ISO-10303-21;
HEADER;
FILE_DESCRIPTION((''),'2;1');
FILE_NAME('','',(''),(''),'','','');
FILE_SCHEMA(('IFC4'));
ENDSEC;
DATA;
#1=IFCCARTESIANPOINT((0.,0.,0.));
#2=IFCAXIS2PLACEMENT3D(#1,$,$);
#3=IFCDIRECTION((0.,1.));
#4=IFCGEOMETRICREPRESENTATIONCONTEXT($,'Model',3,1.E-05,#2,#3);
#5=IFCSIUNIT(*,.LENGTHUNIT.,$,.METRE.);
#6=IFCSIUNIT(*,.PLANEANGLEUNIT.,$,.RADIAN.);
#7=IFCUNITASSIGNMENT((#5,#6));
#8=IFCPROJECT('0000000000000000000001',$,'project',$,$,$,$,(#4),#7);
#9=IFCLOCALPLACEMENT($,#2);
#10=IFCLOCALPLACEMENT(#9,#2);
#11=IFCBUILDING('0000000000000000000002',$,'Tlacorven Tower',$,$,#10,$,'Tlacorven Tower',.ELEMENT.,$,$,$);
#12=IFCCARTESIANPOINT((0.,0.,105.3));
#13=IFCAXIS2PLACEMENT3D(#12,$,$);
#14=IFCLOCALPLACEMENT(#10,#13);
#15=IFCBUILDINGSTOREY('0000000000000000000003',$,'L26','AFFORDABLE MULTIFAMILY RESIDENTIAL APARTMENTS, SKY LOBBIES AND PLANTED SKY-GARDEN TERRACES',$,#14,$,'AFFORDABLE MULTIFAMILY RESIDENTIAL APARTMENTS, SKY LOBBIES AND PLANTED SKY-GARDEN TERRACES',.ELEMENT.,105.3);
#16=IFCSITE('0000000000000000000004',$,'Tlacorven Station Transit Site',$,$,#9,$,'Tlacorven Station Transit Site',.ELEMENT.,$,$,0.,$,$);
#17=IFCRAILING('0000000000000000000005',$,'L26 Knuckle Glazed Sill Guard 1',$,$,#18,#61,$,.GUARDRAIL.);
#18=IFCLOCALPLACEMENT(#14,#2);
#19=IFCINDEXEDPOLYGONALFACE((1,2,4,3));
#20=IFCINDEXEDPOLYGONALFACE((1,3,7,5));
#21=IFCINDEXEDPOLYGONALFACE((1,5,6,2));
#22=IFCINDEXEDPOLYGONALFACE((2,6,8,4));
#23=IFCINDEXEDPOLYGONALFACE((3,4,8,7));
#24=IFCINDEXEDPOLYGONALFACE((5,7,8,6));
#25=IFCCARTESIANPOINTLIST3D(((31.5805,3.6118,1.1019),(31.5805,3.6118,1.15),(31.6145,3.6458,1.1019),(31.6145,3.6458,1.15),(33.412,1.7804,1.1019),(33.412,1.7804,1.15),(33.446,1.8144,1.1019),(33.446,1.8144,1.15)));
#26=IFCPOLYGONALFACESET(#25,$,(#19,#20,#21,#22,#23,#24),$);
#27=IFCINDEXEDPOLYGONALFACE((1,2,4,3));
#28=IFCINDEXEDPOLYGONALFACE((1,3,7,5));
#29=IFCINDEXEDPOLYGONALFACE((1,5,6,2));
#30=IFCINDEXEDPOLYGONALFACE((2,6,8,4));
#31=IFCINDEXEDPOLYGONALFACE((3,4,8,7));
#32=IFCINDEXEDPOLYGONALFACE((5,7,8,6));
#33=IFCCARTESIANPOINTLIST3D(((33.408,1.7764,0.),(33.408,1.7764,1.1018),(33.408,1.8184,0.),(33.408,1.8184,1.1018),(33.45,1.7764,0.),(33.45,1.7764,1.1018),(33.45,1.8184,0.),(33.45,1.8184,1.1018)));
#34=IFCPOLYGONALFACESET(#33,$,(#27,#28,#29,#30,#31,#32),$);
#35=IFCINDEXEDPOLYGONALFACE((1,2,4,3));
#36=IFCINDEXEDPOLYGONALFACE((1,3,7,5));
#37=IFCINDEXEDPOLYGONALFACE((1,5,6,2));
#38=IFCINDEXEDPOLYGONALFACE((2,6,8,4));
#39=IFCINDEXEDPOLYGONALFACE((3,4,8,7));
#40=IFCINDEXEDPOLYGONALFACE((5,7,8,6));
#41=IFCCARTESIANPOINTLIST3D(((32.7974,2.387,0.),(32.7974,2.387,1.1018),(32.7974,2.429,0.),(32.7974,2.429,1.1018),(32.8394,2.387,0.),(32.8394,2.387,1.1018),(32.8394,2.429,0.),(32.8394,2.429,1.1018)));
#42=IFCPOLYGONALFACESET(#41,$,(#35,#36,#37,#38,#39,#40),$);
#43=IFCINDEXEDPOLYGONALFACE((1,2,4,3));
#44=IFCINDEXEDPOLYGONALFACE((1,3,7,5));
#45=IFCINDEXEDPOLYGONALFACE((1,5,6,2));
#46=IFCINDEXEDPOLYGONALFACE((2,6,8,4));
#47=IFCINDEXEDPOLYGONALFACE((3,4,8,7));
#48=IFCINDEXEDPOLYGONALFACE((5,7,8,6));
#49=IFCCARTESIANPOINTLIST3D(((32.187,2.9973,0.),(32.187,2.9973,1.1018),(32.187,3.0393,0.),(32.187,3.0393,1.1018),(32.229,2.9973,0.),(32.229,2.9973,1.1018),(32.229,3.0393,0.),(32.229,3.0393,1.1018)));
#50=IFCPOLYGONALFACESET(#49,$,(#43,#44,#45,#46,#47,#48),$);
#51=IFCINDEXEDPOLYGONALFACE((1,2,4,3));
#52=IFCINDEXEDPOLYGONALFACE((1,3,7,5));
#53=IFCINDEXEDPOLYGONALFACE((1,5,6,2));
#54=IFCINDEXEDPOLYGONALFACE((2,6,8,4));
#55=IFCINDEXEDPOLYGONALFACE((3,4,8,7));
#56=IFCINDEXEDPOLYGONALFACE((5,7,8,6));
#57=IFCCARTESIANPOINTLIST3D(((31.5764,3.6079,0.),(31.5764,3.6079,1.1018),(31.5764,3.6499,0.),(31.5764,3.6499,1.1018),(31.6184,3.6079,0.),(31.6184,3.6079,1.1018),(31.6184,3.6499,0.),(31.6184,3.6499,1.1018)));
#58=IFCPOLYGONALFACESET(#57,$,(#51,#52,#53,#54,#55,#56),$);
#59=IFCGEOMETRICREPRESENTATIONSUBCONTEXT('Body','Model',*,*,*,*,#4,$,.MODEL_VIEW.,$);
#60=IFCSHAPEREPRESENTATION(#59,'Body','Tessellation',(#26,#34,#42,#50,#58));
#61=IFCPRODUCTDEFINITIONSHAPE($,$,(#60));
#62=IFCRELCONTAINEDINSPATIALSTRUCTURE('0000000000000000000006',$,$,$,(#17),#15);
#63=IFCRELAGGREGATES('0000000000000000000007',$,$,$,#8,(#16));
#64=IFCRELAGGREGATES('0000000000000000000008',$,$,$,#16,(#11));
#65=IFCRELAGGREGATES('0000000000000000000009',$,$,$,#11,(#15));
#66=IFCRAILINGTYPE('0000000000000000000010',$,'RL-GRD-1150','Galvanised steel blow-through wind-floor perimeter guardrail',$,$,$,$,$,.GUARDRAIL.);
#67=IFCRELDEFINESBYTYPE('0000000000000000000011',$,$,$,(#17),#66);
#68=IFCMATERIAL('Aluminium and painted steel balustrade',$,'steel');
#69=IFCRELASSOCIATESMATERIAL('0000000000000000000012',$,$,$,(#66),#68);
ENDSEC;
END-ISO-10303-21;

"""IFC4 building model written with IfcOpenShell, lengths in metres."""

from ifc_helpers import new_model, si_unit, direction, frame, origin, origin_2d, place, context, subcontext, project, spatial, rectangle, extrude, source, transform, mapped, material, type_object, element, save


model = new_model("IFC4")

# Units and contexts
model_context = context("Model", 3, precision=1e-05, world=origin(), true_north=direction((0.0, 1.0)))
body_context = subcontext(model_context, "Body", "Model", "MODEL_VIEW")
ifc_project = project(units=[si_unit("LENGTHUNIT", "METRE"), si_unit("PLANEANGLEUNIT", "RADIAN")], contexts=[model_context])

# Site, building, storey
site_placement = place(None, origin())
site = spatial("IfcSite", under=ifc_project, at=site_placement, Name="Tlacorven Station Transit Site", LongName="Tlacorven Station Transit Site", CompositionType="ELEMENT", RefElevation=0.0)
building_placement = place(site_placement, origin())
building = spatial("IfcBuilding", under=site, at=building_placement, Name="Tlacorven Tower", LongName="Tlacorven Tower", CompositionType="ELEMENT")
storey_placement = place(building_placement, frame((0.0, 0.0, 105.3)))
storey = spatial("IfcBuildingStorey", under=building, at=storey_placement, Name="L26", Description="AFFORDABLE MULTIFAMILY RESIDENTIAL APARTMENTS, SKY LOBBIES AND PLANTED SKY-GARDEN TERRACES", LongName="AFFORDABLE MULTIFAMILY RESIDENTIAL APARTMENTS, SKY LOBBIES AND PLANTED SKY-GARDEN TERRACES", CompositionType="ELEMENT", Elevation=105.3)

# Railing
ifc_material_1 = material(Name="Aluminium and painted steel balustrade", Category="steel")
railing_type = type_object("IfcRailingType", Name="RL-GRD-1150", Description="Galvanised steel blow-through wind-floor perimeter guardrail", PredefinedType="GUARDRAIL", material=ifc_material_1)
shared_shape_1 = source(origin(), body_context, "Body", "SweptSolid", [
    extrude(rectangle(XDim=0.0481, YDim=0.0481, at=origin_2d()), frame((0.0, 0.0, 1.126), z_axis=(-0.707107, 0.707107, 0.0), x_axis=(-0.707107, -0.707107, 0.0)), (0.0, 0.0, 1.0), 2.5901),
    extrude(rectangle(XDim=0.042, YDim=0.042, at=origin_2d()), origin(), (0.0, 0.0, 1.0), 1.1018),
    extrude(rectangle(XDim=0.042, YDim=0.042, at=origin_2d()), frame((-0.6106, 0.6106, 0.0)), (0.0, 0.0, 1.0), 1.1018),
    extrude(rectangle(XDim=0.042, YDim=0.042, at=origin_2d()), frame((-1.2209, 1.2209, 0.0)), (0.0, 0.0, 1.0), 1.1018),
    extrude(rectangle(XDim=0.042, YDim=0.042, at=origin_2d()), frame((-1.8315, 1.8315, 0.0)), (0.0, 0.0, 1.0), 1.1018),
])
railing_placement = place(storey_placement, frame((33.429, 1.7974, 0.0)))
element("IfcRailing", 1, at=railing_placement, inside=storey, type_object=railing_type, Name="L26 Knuckle Glazed Sill Guard 1", PredefinedType="GUARDRAIL", context=body_context, shape_type="MappedRepresentation", body=[
    mapped(shared_shape_1, transform((0.0, 0.0, 0.0), scale=1.0)),
])

save(model, "model.ifc")
